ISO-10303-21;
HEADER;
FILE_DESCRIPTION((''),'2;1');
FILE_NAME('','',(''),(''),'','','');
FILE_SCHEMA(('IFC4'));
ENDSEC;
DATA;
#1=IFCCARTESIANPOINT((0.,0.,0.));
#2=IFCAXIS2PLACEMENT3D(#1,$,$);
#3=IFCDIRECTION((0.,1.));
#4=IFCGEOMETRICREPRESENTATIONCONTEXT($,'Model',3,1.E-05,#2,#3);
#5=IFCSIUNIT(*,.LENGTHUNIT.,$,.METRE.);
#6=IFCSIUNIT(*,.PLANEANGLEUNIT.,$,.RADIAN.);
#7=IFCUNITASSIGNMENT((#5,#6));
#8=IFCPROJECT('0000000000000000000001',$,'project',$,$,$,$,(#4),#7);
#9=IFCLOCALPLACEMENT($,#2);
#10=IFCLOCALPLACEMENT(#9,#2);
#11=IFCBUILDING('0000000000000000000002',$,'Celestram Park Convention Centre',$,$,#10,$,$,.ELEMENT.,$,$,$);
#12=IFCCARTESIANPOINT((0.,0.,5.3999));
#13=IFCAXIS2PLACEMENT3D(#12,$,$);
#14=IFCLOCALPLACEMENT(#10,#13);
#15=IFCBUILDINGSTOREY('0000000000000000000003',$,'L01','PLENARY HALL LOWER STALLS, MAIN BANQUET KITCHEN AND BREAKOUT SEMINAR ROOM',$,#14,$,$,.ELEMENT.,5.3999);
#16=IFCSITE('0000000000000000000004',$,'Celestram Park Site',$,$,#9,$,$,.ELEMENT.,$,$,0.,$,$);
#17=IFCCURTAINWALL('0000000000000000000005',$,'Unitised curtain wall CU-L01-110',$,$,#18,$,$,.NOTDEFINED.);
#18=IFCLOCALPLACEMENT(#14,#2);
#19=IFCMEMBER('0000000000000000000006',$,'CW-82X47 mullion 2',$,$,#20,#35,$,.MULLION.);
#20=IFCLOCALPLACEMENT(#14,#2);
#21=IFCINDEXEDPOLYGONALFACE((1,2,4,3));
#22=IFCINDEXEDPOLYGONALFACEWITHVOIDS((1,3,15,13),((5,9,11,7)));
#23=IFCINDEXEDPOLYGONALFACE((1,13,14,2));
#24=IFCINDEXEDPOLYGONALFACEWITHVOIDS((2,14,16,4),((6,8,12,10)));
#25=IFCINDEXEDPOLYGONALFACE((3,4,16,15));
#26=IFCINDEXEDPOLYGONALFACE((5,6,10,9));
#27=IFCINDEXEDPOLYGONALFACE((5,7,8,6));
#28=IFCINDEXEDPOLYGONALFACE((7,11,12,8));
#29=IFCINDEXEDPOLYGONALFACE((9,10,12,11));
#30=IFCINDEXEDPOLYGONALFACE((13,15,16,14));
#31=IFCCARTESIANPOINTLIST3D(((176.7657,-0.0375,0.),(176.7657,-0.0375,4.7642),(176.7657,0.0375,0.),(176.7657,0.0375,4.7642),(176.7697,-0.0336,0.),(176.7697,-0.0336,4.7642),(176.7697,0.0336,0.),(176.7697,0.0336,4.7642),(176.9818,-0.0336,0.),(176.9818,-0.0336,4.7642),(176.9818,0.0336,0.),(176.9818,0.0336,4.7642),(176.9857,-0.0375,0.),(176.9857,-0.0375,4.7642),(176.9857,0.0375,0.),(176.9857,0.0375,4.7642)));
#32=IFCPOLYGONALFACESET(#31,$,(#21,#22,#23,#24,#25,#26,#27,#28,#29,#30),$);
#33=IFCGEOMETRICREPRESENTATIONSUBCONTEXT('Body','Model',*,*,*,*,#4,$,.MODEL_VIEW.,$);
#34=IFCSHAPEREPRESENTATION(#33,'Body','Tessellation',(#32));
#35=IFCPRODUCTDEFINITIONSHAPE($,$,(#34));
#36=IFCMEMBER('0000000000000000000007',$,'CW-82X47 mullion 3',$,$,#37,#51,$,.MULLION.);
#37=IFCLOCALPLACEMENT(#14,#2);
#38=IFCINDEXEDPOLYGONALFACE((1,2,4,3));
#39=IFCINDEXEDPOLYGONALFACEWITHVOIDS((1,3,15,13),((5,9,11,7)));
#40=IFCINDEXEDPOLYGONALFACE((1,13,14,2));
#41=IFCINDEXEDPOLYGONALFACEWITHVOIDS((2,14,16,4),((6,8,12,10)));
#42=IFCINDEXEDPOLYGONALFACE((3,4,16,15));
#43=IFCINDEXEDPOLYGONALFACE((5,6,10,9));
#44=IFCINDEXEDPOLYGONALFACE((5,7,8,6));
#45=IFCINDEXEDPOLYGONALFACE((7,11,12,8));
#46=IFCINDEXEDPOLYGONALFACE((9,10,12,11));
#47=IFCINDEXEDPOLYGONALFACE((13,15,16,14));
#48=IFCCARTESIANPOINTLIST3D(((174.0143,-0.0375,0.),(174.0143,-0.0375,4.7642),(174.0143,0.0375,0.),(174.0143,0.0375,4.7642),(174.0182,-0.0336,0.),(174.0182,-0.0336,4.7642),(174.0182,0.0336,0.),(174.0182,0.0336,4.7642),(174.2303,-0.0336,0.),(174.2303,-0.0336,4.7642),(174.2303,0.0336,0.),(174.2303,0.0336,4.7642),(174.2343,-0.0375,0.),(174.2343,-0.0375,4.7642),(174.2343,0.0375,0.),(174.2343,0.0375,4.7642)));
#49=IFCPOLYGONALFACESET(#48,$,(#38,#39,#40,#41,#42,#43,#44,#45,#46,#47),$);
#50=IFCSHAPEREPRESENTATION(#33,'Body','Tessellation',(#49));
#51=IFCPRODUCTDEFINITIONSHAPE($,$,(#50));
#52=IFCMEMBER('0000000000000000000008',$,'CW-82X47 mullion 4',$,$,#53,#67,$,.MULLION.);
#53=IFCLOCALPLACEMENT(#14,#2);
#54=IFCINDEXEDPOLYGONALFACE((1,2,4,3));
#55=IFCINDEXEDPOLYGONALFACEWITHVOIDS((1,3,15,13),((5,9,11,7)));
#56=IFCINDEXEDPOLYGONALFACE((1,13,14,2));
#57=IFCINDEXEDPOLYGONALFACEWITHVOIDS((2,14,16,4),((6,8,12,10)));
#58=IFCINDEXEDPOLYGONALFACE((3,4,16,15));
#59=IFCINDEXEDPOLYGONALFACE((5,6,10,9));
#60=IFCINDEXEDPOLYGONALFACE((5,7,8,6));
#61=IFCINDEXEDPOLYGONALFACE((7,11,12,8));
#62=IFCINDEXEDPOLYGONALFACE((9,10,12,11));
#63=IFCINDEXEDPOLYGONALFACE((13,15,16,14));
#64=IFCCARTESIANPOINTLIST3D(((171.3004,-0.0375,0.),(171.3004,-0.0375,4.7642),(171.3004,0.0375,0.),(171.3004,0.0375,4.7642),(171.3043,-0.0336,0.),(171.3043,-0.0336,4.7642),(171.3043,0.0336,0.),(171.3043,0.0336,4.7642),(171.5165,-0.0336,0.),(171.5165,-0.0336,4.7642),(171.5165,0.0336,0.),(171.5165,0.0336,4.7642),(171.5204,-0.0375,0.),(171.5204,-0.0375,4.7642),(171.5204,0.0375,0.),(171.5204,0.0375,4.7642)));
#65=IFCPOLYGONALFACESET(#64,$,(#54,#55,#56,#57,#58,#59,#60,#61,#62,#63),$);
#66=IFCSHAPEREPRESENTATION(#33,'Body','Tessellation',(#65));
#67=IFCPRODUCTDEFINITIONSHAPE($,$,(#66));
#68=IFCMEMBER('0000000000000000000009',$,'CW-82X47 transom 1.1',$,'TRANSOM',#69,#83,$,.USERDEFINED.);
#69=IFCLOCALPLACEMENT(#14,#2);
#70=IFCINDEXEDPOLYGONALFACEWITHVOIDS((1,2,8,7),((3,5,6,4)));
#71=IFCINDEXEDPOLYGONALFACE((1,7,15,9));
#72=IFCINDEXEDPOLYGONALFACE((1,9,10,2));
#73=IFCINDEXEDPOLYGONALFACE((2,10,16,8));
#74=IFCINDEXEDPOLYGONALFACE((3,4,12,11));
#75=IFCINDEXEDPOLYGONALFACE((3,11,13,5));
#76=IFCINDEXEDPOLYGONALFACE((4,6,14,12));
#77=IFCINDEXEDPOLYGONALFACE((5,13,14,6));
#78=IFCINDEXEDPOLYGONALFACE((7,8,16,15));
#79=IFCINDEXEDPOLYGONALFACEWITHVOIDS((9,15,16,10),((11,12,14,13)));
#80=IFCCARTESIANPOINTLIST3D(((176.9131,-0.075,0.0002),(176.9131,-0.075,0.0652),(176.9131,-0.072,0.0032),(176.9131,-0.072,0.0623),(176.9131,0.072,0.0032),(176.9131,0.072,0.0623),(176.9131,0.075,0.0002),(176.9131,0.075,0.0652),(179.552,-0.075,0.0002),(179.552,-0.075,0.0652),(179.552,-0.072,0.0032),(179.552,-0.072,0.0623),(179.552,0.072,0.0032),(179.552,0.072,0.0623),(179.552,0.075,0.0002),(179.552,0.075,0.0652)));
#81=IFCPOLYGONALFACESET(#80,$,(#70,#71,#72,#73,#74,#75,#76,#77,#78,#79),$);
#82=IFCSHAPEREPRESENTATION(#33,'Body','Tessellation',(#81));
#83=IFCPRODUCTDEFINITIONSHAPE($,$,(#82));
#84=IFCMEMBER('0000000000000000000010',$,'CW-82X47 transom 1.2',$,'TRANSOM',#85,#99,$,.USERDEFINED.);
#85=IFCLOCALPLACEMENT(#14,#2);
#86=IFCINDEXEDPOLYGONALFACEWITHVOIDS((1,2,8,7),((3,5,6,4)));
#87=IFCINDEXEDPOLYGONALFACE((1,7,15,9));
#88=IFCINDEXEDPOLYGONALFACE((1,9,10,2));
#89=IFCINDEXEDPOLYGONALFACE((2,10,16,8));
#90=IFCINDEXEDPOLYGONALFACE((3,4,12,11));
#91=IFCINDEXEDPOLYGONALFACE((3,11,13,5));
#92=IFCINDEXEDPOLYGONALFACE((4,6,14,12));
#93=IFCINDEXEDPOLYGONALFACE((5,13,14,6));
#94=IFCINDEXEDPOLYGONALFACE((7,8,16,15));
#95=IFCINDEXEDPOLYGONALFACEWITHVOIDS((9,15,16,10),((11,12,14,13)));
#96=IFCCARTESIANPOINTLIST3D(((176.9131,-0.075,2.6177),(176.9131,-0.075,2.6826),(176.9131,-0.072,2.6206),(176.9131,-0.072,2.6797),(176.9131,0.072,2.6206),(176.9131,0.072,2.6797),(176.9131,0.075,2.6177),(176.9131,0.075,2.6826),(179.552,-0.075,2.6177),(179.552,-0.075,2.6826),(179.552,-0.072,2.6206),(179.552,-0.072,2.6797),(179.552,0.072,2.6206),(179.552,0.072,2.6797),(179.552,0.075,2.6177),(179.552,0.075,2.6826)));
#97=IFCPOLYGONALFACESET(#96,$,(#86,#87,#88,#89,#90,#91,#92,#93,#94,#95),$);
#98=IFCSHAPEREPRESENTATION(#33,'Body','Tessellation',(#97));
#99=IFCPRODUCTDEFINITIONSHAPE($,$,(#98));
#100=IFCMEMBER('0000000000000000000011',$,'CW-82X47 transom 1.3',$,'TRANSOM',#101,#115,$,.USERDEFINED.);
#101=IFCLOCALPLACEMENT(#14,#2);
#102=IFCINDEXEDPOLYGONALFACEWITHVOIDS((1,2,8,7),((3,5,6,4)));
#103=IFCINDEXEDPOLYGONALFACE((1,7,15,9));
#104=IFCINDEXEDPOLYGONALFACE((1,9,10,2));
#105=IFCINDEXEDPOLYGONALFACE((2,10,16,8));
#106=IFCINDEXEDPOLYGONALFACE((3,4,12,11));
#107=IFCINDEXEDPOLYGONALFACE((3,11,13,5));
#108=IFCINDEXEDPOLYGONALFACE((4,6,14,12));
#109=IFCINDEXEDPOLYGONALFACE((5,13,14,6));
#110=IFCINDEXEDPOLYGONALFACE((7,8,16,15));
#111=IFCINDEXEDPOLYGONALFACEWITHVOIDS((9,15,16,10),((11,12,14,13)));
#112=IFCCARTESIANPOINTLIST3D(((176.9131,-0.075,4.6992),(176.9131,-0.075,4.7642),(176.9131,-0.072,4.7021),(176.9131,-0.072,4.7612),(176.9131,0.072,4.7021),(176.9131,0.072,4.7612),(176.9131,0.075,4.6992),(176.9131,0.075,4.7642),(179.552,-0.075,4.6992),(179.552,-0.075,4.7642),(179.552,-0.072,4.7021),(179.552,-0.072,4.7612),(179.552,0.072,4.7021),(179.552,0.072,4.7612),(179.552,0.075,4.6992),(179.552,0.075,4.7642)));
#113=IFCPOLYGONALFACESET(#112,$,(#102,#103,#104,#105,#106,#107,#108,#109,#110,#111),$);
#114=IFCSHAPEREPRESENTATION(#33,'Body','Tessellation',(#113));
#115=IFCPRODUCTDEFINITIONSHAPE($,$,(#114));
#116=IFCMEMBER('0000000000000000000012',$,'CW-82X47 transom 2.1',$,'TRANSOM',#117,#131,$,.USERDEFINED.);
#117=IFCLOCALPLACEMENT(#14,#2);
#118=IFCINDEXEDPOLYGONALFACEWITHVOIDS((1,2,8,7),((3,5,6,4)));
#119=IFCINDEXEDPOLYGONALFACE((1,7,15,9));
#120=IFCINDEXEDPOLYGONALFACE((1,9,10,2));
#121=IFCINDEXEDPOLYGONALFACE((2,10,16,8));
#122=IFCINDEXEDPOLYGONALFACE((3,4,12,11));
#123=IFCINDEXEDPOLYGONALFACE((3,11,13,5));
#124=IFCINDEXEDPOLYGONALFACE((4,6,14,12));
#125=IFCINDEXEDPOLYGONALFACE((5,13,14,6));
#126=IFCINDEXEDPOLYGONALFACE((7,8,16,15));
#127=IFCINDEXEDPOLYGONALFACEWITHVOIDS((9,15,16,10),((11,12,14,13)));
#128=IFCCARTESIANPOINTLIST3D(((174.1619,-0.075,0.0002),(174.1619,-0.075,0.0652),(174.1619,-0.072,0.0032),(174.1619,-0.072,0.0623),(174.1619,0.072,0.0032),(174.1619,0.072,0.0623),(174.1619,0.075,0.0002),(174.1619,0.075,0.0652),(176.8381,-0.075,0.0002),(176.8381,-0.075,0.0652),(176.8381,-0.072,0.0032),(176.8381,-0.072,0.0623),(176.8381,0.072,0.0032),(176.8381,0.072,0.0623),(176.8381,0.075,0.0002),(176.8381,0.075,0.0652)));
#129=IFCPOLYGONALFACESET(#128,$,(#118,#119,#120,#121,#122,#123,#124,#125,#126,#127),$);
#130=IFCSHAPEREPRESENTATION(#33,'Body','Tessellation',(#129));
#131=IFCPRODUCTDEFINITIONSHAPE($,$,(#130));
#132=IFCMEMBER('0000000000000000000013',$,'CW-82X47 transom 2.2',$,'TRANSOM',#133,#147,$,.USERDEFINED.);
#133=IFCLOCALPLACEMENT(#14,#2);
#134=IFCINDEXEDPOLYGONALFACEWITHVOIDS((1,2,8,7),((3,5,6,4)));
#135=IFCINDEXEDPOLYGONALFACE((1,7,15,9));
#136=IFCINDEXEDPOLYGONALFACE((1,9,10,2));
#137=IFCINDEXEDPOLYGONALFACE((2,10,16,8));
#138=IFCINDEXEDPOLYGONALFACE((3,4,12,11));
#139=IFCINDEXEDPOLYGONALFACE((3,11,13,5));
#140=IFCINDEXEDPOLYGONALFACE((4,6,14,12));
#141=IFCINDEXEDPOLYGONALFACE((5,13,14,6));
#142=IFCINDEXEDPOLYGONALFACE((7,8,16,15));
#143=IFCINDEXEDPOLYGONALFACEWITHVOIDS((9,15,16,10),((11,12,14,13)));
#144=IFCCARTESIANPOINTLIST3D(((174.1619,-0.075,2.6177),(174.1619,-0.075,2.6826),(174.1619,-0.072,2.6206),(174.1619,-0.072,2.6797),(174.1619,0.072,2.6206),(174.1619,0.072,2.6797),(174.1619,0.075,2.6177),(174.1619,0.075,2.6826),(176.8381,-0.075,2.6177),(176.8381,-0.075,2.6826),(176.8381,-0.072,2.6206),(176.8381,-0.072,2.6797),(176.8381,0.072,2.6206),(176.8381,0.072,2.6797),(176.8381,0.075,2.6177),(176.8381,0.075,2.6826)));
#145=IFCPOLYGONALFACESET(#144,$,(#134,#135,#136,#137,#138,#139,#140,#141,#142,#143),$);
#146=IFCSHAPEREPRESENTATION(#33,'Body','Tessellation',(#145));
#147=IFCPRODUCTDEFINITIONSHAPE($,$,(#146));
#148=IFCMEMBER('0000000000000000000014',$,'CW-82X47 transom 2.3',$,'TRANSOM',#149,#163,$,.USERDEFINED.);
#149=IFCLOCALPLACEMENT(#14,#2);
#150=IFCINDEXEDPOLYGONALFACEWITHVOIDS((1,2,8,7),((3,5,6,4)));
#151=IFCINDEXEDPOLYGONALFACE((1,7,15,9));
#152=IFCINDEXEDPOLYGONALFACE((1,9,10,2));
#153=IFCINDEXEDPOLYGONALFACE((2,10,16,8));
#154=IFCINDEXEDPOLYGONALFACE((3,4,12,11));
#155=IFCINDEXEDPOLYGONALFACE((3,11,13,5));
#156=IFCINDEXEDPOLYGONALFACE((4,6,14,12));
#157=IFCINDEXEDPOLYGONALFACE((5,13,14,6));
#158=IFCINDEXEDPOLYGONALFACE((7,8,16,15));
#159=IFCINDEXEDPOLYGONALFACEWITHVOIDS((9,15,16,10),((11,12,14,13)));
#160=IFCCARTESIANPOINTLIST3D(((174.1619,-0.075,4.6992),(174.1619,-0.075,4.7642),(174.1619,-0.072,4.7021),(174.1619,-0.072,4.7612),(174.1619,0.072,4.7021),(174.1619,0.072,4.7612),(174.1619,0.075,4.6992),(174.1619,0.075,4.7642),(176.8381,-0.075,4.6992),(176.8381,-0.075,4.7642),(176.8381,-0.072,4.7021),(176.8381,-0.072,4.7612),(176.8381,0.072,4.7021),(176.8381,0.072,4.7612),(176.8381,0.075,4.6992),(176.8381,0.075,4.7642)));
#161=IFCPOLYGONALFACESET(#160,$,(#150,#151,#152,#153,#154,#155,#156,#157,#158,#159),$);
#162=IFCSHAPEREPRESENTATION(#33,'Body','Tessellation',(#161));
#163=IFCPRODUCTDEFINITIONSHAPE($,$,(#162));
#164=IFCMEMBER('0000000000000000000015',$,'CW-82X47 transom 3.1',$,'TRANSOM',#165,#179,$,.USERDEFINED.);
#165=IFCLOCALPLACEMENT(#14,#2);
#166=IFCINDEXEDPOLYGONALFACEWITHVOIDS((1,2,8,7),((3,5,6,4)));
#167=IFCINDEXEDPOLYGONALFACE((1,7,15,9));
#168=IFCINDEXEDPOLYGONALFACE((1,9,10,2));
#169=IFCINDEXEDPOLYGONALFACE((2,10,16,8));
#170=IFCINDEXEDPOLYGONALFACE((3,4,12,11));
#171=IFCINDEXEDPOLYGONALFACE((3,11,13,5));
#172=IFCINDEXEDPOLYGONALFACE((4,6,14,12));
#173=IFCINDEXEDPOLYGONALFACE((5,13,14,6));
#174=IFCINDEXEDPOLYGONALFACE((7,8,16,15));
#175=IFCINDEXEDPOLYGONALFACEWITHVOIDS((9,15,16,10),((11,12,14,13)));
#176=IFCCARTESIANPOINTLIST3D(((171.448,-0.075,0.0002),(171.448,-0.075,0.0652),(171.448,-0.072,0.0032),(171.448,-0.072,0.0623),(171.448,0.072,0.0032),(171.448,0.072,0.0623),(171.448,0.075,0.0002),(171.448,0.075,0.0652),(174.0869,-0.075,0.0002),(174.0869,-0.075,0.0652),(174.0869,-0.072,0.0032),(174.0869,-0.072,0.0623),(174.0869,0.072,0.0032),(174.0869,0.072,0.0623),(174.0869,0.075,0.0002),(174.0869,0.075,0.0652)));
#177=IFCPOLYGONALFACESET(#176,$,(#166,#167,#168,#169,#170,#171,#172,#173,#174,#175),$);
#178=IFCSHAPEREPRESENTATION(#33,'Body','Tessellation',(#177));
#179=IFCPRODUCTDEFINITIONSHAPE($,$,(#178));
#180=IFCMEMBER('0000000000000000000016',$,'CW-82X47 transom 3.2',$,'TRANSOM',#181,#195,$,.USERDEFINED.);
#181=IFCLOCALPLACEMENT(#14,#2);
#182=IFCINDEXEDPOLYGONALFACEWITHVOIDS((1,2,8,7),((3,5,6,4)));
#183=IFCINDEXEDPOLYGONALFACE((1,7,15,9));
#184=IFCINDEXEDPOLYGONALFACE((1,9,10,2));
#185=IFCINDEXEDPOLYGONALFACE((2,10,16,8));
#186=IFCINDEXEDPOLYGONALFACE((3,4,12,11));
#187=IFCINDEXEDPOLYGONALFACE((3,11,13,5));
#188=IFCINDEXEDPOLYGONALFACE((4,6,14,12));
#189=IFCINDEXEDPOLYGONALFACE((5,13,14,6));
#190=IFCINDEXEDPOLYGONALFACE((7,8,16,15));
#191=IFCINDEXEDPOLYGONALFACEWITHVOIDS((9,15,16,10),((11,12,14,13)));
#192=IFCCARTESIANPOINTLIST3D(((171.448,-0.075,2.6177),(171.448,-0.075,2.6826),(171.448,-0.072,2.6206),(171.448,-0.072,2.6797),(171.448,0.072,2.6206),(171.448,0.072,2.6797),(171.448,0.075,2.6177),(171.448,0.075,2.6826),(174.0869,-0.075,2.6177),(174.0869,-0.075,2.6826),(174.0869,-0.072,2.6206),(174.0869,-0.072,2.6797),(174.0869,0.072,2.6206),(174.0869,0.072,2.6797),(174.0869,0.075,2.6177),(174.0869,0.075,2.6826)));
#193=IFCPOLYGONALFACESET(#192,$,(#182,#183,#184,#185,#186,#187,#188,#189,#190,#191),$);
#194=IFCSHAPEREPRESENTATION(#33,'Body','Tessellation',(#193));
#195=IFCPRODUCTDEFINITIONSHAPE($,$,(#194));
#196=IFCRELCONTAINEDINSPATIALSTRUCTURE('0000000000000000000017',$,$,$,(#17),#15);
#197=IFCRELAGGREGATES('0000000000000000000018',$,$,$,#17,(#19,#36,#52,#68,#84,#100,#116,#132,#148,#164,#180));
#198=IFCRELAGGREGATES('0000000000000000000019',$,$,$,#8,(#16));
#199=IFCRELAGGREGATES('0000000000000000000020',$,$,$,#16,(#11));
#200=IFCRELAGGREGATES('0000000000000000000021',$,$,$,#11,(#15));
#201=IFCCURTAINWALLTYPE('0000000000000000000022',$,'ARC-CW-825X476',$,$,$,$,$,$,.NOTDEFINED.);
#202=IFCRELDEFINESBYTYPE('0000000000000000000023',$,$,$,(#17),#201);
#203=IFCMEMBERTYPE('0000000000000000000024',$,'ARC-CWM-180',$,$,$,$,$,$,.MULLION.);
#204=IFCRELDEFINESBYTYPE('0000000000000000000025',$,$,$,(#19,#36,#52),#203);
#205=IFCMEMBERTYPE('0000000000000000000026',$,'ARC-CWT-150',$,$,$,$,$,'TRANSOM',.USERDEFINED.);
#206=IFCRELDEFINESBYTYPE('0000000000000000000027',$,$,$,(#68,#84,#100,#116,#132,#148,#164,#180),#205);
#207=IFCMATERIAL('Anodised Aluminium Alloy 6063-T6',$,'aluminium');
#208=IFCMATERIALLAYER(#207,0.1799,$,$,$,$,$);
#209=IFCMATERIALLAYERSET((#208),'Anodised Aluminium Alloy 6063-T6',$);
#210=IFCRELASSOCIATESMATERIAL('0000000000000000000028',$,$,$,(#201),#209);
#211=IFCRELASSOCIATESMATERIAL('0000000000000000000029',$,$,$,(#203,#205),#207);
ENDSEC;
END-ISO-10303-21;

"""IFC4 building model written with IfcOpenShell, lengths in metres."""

from ifc_helpers import new_model, si_unit, direction, frame, origin, origin_2d, place, context, subcontext, project, spatial, hollow_rectangle, extrude, material, layer, layer_set, material_profile, profile_set, type_object, element, aggregate, save


model = new_model("IFC4")

# Units and contexts
model_context = context("Model", 3, precision=1e-05, world=origin(), true_north=direction((0.0, 1.0)))
body_context = subcontext(model_context, "Body", "Model", "MODEL_VIEW")
ifc_project = project(units=[si_unit("LENGTHUNIT", "METRE"), si_unit("PLANEANGLEUNIT", "RADIAN")], contexts=[model_context])

# Site, building, storey
site_placement = place(None, origin())
site = spatial("IfcSite", under=ifc_project, at=site_placement, Name="Celestram Park Site", CompositionType="ELEMENT", RefElevation=0.0)
building_placement = place(site_placement, origin())
building = spatial("IfcBuilding", under=site, at=building_placement, Name="Celestram Park Convention Centre", CompositionType="ELEMENT")
storey_placement = place(building_placement, frame((0.0, 0.0, 5.3999)))
storey = spatial("IfcBuildingStorey", under=building, at=storey_placement, Name="L01", Description="PLENARY HALL LOWER STALLS, MAIN BANQUET KITCHEN AND BREAKOUT SEMINAR ROOM", CompositionType="ELEMENT", Elevation=5.3999)

# Curtain wall, members
ifc_material_1 = material(Name="Anodised Aluminium Alloy 6063-T6", Category="aluminium")
ifc_layer_1 = layer(ifc_material_1, 0.1799)
ifc_layer_set_1 = layer_set([ifc_layer_1], Name="Anodised Aluminium Alloy 6063-T6")
curtain_wall_type = type_object("IfcCurtainWallType", Name="ARC-CW-825X476", PredefinedType="NOTDEFINED", material=ifc_layer_set_1)
curtain_wall_placement = place(storey_placement, origin())
curtain_wall = element("IfcCurtainWall", 1, at=curtain_wall_placement, inside=storey, type_object=curtain_wall_type, Name="Unitised curtain wall CU-L01-110", PredefinedType="NOTDEFINED")
ifc_material_profile_1 = material_profile(ifc_material_1, hollow_rectangle(XDim=0.075, YDim=0.22, WallThickness=0.0039, at=origin_2d()), Name="ALU75X220X4")
ifc_profile_set_1 = profile_set([ifc_material_profile_1], Name="Anodised Aluminium Alloy 6063-T6")
member_type_1 = type_object("IfcMemberType", Name="ARC-CWM-180", PredefinedType="MULLION", material=ifc_profile_set_1)
member_1_placement = place(storey_placement, frame((176.8757, 0.0, 0.0), z_axis=(0.0, 0.0, 1.0), x_axis=(0.0, -1.0, 0.0)))
member_1 = element("IfcMember", 2, at=member_1_placement, type_object=member_type_1, Name="CW-82X47 mullion 2", PredefinedType="MULLION", context=body_context, shape_type="SweptSolid", body=[
    extrude(hollow_rectangle(XDim=0.075, YDim=0.22, WallThickness=0.0039, at=origin_2d()), origin(), (0.0, 0.0, 1.0), 4.7642),
])
member_2_placement = place(storey_placement, frame((174.1243, 0.0, 0.0), z_axis=(0.0, 0.0, 1.0), x_axis=(0.0, -1.0, 0.0)))
member_2 = element("IfcMember", 3, at=member_2_placement, type_object=member_type_1, Name="CW-82X47 mullion 3", PredefinedType="MULLION", context=body_context, shape_type="SweptSolid", body=[
    extrude(hollow_rectangle(XDim=0.075, YDim=0.22, WallThickness=0.0039, at=origin_2d()), origin(), (0.0, 0.0, 1.0), 4.7642),
])
member_3_placement = place(storey_placement, frame((171.4104, 0.0, 0.0), z_axis=(0.0, 0.0, 1.0), x_axis=(0.0, -1.0, 0.0)))
member_3 = element("IfcMember", 4, at=member_3_placement, type_object=member_type_1, Name="CW-82X47 mullion 4", PredefinedType="MULLION", context=body_context, shape_type="SweptSolid", body=[
    extrude(hollow_rectangle(XDim=0.075, YDim=0.22, WallThickness=0.0039, at=origin_2d()), origin(), (0.0, 0.0, 1.0), 4.7642),
])
ifc_material_profile_2 = material_profile(ifc_material_1, hollow_rectangle(XDim=0.1499, YDim=0.0649, WallThickness=0.0029, at=origin_2d()), Name="ALU150X65X3")
ifc_profile_set_2 = profile_set([ifc_material_profile_2], Name="Anodised Aluminium Alloy 6063-T6")
member_type_2 = type_object("IfcMemberType", Name="ARC-CWT-150", ElementType="TRANSOM", PredefinedType="USERDEFINED", material=ifc_profile_set_2)
member_4_placement = place(storey_placement, frame((179.552, 0.0, 0.0327), z_axis=(-1.0, 0.0, 0.0), x_axis=(0.0, -1.0, 0.0)))
member_4 = element("IfcMember", 5, at=member_4_placement, type_object=member_type_2, Name="CW-82X47 transom 1.1", ObjectType="TRANSOM", PredefinedType="USERDEFINED", context=body_context, shape_type="SweptSolid", body=[
    extrude(hollow_rectangle(XDim=0.1499, YDim=0.0649, WallThickness=0.0029, at=origin_2d()), origin(), (0.0, 0.0, 1.0), 2.6389),
])
member_5_placement = place(storey_placement, frame((179.552, 0.0, 2.6501), z_axis=(-1.0, 0.0, 0.0), x_axis=(0.0, -1.0, 0.0)))
member_5 = element("IfcMember", 6, at=member_5_placement, type_object=member_type_2, Name="CW-82X47 transom 1.2", ObjectType="TRANSOM", PredefinedType="USERDEFINED", context=body_context, shape_type="SweptSolid", body=[
    extrude(hollow_rectangle(XDim=0.1499, YDim=0.0649, WallThickness=0.0029, at=origin_2d()), origin(), (0.0, 0.0, 1.0), 2.6389),
])
member_6_placement = place(storey_placement, frame((179.552, 0.0, 4.7317), z_axis=(-1.0, 0.0, 0.0), x_axis=(0.0, -1.0, 0.0)))
member_6 = element("IfcMember", 7, at=member_6_placement, type_object=member_type_2, Name="CW-82X47 transom 1.3", ObjectType="TRANSOM", PredefinedType="USERDEFINED", context=body_context, shape_type="SweptSolid", body=[
    extrude(hollow_rectangle(XDim=0.1499, YDim=0.0649, WallThickness=0.0029, at=origin_2d()), origin(), (0.0, 0.0, 1.0), 2.6389),
])
member_7_placement = place(storey_placement, frame((176.8381, 0.0, 0.0327), z_axis=(-1.0, 0.0, 0.0), x_axis=(0.0, -1.0, 0.0)))
member_7 = element("IfcMember", 8, at=member_7_placement, type_object=member_type_2, Name="CW-82X47 transom 2.1", ObjectType="TRANSOM", PredefinedType="USERDEFINED", context=body_context, shape_type="SweptSolid", body=[
    extrude(hollow_rectangle(XDim=0.1499, YDim=0.0649, WallThickness=0.0029, at=origin_2d()), origin(), (0.0, 0.0, 1.0), 2.6763),
])
member_8_placement = place(storey_placement, frame((176.8381, 0.0, 2.6501), z_axis=(-1.0, 0.0, 0.0), x_axis=(0.0, -1.0, 0.0)))
member_8 = element("IfcMember", 9, at=member_8_placement, type_object=member_type_2, Name="CW-82X47 transom 2.2", ObjectType="TRANSOM", PredefinedType="USERDEFINED", context=body_context, shape_type="SweptSolid", body=[
    extrude(hollow_rectangle(XDim=0.1499, YDim=0.0649, WallThickness=0.0029, at=origin_2d()), origin(), (0.0, 0.0, 1.0), 2.6763),
])
member_9_placement = place(storey_placement, frame((176.8381, 0.0, 4.7317), z_axis=(-1.0, 0.0, 0.0), x_axis=(0.0, -1.0, 0.0)))
member_9 = element("IfcMember", 10, at=member_9_placement, type_object=member_type_2, Name="CW-82X47 transom 2.3", ObjectType="TRANSOM", PredefinedType="USERDEFINED", context=body_context, shape_type="SweptSolid", body=[
    extrude(hollow_rectangle(XDim=0.1499, YDim=0.0649, WallThickness=0.0029, at=origin_2d()), origin(), (0.0, 0.0, 1.0), 2.6763),
])
member_10_placement = place(storey_placement, frame((174.0869, 0.0, 0.0327), z_axis=(-1.0, 0.0, 0.0), x_axis=(0.0, -1.0, 0.0)))
member_10 = element("IfcMember", 11, at=member_10_placement, type_object=member_type_2, Name="CW-82X47 transom 3.1", ObjectType="TRANSOM", PredefinedType="USERDEFINED", context=body_context, shape_type="SweptSolid", body=[
    extrude(hollow_rectangle(XDim=0.1499, YDim=0.0649, WallThickness=0.0029, at=origin_2d()), origin(), (0.0, 0.0, 1.0), 2.6389),
])
member_11_placement = place(storey_placement, frame((174.0869, 0.0, 2.6501), z_axis=(-1.0, 0.0, 0.0), x_axis=(0.0, -1.0, 0.0)))
member_11 = element("IfcMember", 12, at=member_11_placement, type_object=member_type_2, Name="CW-82X47 transom 3.2", ObjectType="TRANSOM", PredefinedType="USERDEFINED", context=body_context, shape_type="SweptSolid", body=[
    extrude(hollow_rectangle(XDim=0.1499, YDim=0.0649, WallThickness=0.0029, at=origin_2d()), origin(), (0.0, 0.0, 1.0), 2.6389),
])

aggregate(curtain_wall, [member_1, member_2, member_3, member_4, member_5, member_6, member_7, member_8, member_9, member_10, member_11])

save(model, "model.ifc")
